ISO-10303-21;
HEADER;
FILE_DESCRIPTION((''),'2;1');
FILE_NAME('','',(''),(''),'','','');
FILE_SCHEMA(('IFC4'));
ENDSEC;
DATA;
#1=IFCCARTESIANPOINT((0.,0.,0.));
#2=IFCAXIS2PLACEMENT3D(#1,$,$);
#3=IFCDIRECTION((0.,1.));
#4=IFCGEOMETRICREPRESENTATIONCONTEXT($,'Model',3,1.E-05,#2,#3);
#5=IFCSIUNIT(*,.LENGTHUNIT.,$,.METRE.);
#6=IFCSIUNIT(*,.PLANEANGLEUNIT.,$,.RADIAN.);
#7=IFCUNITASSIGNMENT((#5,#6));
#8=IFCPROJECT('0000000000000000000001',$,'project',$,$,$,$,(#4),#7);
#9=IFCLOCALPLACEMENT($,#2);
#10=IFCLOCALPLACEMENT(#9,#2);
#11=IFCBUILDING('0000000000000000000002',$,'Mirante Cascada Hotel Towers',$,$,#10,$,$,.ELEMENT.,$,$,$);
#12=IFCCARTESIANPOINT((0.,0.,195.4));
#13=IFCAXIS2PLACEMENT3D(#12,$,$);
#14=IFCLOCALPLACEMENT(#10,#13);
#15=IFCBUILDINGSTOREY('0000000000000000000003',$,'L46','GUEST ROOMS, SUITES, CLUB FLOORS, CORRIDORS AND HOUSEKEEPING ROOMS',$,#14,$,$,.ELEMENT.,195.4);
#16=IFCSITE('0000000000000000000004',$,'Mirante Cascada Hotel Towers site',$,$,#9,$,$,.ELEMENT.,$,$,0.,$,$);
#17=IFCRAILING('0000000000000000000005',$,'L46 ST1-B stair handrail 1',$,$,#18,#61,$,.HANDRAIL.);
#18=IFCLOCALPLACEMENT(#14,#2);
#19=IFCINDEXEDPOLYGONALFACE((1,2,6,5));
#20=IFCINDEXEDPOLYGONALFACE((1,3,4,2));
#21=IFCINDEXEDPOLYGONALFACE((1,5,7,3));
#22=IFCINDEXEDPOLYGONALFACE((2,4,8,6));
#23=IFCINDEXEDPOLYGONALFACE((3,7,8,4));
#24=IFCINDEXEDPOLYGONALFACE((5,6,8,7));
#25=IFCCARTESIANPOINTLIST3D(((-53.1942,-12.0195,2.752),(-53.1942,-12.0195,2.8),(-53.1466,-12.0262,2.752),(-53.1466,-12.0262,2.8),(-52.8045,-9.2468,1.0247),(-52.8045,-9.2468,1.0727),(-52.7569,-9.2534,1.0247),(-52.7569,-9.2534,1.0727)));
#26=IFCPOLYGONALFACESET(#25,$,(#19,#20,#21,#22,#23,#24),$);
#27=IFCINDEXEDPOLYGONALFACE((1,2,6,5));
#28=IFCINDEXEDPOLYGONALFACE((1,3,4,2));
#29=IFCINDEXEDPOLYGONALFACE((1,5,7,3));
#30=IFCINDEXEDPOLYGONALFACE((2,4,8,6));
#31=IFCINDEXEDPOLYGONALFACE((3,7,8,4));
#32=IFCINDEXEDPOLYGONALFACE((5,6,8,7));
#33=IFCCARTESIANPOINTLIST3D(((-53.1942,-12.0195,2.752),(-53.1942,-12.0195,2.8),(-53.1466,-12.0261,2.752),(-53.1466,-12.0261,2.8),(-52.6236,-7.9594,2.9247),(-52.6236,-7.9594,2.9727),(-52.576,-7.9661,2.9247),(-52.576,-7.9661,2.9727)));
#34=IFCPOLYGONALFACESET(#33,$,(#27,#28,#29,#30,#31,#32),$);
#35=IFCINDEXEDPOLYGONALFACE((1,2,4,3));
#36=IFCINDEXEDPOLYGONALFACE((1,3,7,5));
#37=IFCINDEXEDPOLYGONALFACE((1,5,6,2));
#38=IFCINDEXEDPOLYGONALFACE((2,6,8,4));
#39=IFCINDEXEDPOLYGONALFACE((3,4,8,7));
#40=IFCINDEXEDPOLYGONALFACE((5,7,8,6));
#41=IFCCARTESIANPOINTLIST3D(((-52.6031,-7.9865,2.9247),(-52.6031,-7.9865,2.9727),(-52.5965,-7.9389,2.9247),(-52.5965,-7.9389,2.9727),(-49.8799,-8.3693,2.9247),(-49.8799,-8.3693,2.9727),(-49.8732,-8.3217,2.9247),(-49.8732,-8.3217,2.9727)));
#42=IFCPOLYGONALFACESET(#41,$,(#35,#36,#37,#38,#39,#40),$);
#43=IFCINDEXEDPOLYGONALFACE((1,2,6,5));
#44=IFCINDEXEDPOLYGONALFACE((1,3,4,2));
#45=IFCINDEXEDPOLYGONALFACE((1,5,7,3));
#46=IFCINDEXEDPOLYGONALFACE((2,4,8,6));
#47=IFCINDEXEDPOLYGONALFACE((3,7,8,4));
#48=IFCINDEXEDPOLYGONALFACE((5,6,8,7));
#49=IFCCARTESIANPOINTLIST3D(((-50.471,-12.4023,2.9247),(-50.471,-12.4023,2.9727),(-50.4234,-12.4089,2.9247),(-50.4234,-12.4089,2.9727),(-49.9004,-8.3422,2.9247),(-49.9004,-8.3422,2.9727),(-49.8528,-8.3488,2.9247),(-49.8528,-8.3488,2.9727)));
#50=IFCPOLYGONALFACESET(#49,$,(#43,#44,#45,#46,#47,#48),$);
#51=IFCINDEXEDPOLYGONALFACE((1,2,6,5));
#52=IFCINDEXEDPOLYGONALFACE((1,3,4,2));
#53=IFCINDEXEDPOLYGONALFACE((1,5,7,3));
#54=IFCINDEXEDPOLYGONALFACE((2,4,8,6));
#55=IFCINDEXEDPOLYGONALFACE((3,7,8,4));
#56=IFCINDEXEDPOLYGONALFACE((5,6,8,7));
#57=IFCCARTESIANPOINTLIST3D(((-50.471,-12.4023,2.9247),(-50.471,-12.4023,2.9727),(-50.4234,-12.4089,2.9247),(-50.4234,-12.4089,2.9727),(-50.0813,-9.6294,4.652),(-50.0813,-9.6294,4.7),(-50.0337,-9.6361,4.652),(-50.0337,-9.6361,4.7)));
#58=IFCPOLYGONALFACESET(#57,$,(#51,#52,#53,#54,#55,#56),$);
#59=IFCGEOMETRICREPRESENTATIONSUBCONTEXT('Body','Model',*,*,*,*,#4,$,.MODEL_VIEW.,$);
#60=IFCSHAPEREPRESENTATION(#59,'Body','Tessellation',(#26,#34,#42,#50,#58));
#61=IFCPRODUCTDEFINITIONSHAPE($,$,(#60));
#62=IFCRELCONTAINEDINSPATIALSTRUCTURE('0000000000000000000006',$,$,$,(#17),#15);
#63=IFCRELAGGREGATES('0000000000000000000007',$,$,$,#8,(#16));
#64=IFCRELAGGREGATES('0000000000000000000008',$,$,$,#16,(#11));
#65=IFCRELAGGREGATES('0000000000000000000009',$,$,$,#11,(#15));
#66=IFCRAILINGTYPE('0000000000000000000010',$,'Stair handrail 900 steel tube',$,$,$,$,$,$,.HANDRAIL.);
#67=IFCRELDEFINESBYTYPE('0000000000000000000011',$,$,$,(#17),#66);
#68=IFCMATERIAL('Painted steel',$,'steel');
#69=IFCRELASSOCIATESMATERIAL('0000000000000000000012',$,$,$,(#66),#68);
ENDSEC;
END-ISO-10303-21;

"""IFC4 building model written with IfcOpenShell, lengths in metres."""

from ifc_helpers import new_model, si_unit, direction, frame, origin, origin_2d, place, context, subcontext, project, spatial, rectangle, extrude, material, type_object, element, save


model = new_model("IFC4")

# Units and contexts
model_context = context("Model", 3, precision=1e-05, world=origin(), true_north=direction((0.0, 1.0)))
body_context = subcontext(model_context, "Body", "Model", "MODEL_VIEW")
ifc_project = project(units=[si_unit("LENGTHUNIT", "METRE"), si_unit("PLANEANGLEUNIT", "RADIAN")], contexts=[model_context])

# Site, building, storey
site_placement = place(None, origin())
site = spatial("IfcSite", under=ifc_project, at=site_placement, Name="Mirante Cascada Hotel Towers site", CompositionType="ELEMENT", RefElevation=0.0)
building_placement = place(site_placement, origin())
building = spatial("IfcBuilding", under=site, at=building_placement, Name="Mirante Cascada Hotel Towers", CompositionType="ELEMENT")
storey_placement = place(building_placement, frame((0.0, 0.0, 195.4)))
storey = spatial("IfcBuildingStorey", under=building, at=storey_placement, Name="L46", Description="GUEST ROOMS, SUITES, CLUB FLOORS, CORRIDORS AND HOUSEKEEPING ROOMS", CompositionType="ELEMENT", Elevation=195.4)

# Railing
ifc_material_1 = material(Name="Painted steel", Category="steel")
railing_type_1 = type_object("IfcRailingType", Name="Stair handrail 900 steel tube", PredefinedType="HANDRAIL", material=ifc_material_1)
railing_1_placement = place(storey_placement, frame((-52.7807, -9.2501, 0.1727)))
element("IfcRailing", 1, at=railing_1_placement, inside=storey, type_object=railing_type_1, Name="L46 ST1-B stair handrail 1", PredefinedType="HANDRAIL", context=body_context, shape_type="SweptSolid", body=[
    extrude(rectangle(XDim=0.048, YDim=0.048, at=origin_2d()), frame((0.0, 0.0, 0.876), z_axis=(-0.139181, -0.990267, 0.0), x_axis=(0.990267, -0.139181, 0.0)), (0.0, 0.525035, 0.851081), 3.2899),
    extrude(rectangle(XDim=0.048, YDim=0.048, at=origin_2d()), frame((-0.3897, -2.7727, 2.6033), z_axis=(0.139171, 0.990268, 0.0), x_axis=(-0.990268, 0.139171, 0.0)), (0.0, 0.042085, 0.999114), 4.1036),
    extrude(rectangle(XDim=0.048, YDim=0.048, at=origin_2d()), frame((0.1809, 1.2874, 2.776), z_axis=(0.990264, -0.139201, 0.0), x_axis=(0.139201, 0.990264, 0.0)), (0.0, 0.0, 1.0), 2.75),
    extrude(rectangle(XDim=0.048, YDim=0.048, at=origin_2d()), frame((2.9041, 0.9046, 2.776), z_axis=(-0.139171, -0.990268, 0.0), x_axis=(0.990268, -0.139171, 0.0)), (0.0, 0.0, 1.0), 4.1),
    extrude(rectangle(XDim=0.048, YDim=0.048, at=origin_2d()), frame((2.3335, -3.1555, 2.776), z_axis=(0.139176, 0.990268, 0.0), x_axis=(-0.990268, 0.139176, 0.0)), (0.0, 0.525021, 0.851089), 3.29),
])

save(model, "model.ifc")
